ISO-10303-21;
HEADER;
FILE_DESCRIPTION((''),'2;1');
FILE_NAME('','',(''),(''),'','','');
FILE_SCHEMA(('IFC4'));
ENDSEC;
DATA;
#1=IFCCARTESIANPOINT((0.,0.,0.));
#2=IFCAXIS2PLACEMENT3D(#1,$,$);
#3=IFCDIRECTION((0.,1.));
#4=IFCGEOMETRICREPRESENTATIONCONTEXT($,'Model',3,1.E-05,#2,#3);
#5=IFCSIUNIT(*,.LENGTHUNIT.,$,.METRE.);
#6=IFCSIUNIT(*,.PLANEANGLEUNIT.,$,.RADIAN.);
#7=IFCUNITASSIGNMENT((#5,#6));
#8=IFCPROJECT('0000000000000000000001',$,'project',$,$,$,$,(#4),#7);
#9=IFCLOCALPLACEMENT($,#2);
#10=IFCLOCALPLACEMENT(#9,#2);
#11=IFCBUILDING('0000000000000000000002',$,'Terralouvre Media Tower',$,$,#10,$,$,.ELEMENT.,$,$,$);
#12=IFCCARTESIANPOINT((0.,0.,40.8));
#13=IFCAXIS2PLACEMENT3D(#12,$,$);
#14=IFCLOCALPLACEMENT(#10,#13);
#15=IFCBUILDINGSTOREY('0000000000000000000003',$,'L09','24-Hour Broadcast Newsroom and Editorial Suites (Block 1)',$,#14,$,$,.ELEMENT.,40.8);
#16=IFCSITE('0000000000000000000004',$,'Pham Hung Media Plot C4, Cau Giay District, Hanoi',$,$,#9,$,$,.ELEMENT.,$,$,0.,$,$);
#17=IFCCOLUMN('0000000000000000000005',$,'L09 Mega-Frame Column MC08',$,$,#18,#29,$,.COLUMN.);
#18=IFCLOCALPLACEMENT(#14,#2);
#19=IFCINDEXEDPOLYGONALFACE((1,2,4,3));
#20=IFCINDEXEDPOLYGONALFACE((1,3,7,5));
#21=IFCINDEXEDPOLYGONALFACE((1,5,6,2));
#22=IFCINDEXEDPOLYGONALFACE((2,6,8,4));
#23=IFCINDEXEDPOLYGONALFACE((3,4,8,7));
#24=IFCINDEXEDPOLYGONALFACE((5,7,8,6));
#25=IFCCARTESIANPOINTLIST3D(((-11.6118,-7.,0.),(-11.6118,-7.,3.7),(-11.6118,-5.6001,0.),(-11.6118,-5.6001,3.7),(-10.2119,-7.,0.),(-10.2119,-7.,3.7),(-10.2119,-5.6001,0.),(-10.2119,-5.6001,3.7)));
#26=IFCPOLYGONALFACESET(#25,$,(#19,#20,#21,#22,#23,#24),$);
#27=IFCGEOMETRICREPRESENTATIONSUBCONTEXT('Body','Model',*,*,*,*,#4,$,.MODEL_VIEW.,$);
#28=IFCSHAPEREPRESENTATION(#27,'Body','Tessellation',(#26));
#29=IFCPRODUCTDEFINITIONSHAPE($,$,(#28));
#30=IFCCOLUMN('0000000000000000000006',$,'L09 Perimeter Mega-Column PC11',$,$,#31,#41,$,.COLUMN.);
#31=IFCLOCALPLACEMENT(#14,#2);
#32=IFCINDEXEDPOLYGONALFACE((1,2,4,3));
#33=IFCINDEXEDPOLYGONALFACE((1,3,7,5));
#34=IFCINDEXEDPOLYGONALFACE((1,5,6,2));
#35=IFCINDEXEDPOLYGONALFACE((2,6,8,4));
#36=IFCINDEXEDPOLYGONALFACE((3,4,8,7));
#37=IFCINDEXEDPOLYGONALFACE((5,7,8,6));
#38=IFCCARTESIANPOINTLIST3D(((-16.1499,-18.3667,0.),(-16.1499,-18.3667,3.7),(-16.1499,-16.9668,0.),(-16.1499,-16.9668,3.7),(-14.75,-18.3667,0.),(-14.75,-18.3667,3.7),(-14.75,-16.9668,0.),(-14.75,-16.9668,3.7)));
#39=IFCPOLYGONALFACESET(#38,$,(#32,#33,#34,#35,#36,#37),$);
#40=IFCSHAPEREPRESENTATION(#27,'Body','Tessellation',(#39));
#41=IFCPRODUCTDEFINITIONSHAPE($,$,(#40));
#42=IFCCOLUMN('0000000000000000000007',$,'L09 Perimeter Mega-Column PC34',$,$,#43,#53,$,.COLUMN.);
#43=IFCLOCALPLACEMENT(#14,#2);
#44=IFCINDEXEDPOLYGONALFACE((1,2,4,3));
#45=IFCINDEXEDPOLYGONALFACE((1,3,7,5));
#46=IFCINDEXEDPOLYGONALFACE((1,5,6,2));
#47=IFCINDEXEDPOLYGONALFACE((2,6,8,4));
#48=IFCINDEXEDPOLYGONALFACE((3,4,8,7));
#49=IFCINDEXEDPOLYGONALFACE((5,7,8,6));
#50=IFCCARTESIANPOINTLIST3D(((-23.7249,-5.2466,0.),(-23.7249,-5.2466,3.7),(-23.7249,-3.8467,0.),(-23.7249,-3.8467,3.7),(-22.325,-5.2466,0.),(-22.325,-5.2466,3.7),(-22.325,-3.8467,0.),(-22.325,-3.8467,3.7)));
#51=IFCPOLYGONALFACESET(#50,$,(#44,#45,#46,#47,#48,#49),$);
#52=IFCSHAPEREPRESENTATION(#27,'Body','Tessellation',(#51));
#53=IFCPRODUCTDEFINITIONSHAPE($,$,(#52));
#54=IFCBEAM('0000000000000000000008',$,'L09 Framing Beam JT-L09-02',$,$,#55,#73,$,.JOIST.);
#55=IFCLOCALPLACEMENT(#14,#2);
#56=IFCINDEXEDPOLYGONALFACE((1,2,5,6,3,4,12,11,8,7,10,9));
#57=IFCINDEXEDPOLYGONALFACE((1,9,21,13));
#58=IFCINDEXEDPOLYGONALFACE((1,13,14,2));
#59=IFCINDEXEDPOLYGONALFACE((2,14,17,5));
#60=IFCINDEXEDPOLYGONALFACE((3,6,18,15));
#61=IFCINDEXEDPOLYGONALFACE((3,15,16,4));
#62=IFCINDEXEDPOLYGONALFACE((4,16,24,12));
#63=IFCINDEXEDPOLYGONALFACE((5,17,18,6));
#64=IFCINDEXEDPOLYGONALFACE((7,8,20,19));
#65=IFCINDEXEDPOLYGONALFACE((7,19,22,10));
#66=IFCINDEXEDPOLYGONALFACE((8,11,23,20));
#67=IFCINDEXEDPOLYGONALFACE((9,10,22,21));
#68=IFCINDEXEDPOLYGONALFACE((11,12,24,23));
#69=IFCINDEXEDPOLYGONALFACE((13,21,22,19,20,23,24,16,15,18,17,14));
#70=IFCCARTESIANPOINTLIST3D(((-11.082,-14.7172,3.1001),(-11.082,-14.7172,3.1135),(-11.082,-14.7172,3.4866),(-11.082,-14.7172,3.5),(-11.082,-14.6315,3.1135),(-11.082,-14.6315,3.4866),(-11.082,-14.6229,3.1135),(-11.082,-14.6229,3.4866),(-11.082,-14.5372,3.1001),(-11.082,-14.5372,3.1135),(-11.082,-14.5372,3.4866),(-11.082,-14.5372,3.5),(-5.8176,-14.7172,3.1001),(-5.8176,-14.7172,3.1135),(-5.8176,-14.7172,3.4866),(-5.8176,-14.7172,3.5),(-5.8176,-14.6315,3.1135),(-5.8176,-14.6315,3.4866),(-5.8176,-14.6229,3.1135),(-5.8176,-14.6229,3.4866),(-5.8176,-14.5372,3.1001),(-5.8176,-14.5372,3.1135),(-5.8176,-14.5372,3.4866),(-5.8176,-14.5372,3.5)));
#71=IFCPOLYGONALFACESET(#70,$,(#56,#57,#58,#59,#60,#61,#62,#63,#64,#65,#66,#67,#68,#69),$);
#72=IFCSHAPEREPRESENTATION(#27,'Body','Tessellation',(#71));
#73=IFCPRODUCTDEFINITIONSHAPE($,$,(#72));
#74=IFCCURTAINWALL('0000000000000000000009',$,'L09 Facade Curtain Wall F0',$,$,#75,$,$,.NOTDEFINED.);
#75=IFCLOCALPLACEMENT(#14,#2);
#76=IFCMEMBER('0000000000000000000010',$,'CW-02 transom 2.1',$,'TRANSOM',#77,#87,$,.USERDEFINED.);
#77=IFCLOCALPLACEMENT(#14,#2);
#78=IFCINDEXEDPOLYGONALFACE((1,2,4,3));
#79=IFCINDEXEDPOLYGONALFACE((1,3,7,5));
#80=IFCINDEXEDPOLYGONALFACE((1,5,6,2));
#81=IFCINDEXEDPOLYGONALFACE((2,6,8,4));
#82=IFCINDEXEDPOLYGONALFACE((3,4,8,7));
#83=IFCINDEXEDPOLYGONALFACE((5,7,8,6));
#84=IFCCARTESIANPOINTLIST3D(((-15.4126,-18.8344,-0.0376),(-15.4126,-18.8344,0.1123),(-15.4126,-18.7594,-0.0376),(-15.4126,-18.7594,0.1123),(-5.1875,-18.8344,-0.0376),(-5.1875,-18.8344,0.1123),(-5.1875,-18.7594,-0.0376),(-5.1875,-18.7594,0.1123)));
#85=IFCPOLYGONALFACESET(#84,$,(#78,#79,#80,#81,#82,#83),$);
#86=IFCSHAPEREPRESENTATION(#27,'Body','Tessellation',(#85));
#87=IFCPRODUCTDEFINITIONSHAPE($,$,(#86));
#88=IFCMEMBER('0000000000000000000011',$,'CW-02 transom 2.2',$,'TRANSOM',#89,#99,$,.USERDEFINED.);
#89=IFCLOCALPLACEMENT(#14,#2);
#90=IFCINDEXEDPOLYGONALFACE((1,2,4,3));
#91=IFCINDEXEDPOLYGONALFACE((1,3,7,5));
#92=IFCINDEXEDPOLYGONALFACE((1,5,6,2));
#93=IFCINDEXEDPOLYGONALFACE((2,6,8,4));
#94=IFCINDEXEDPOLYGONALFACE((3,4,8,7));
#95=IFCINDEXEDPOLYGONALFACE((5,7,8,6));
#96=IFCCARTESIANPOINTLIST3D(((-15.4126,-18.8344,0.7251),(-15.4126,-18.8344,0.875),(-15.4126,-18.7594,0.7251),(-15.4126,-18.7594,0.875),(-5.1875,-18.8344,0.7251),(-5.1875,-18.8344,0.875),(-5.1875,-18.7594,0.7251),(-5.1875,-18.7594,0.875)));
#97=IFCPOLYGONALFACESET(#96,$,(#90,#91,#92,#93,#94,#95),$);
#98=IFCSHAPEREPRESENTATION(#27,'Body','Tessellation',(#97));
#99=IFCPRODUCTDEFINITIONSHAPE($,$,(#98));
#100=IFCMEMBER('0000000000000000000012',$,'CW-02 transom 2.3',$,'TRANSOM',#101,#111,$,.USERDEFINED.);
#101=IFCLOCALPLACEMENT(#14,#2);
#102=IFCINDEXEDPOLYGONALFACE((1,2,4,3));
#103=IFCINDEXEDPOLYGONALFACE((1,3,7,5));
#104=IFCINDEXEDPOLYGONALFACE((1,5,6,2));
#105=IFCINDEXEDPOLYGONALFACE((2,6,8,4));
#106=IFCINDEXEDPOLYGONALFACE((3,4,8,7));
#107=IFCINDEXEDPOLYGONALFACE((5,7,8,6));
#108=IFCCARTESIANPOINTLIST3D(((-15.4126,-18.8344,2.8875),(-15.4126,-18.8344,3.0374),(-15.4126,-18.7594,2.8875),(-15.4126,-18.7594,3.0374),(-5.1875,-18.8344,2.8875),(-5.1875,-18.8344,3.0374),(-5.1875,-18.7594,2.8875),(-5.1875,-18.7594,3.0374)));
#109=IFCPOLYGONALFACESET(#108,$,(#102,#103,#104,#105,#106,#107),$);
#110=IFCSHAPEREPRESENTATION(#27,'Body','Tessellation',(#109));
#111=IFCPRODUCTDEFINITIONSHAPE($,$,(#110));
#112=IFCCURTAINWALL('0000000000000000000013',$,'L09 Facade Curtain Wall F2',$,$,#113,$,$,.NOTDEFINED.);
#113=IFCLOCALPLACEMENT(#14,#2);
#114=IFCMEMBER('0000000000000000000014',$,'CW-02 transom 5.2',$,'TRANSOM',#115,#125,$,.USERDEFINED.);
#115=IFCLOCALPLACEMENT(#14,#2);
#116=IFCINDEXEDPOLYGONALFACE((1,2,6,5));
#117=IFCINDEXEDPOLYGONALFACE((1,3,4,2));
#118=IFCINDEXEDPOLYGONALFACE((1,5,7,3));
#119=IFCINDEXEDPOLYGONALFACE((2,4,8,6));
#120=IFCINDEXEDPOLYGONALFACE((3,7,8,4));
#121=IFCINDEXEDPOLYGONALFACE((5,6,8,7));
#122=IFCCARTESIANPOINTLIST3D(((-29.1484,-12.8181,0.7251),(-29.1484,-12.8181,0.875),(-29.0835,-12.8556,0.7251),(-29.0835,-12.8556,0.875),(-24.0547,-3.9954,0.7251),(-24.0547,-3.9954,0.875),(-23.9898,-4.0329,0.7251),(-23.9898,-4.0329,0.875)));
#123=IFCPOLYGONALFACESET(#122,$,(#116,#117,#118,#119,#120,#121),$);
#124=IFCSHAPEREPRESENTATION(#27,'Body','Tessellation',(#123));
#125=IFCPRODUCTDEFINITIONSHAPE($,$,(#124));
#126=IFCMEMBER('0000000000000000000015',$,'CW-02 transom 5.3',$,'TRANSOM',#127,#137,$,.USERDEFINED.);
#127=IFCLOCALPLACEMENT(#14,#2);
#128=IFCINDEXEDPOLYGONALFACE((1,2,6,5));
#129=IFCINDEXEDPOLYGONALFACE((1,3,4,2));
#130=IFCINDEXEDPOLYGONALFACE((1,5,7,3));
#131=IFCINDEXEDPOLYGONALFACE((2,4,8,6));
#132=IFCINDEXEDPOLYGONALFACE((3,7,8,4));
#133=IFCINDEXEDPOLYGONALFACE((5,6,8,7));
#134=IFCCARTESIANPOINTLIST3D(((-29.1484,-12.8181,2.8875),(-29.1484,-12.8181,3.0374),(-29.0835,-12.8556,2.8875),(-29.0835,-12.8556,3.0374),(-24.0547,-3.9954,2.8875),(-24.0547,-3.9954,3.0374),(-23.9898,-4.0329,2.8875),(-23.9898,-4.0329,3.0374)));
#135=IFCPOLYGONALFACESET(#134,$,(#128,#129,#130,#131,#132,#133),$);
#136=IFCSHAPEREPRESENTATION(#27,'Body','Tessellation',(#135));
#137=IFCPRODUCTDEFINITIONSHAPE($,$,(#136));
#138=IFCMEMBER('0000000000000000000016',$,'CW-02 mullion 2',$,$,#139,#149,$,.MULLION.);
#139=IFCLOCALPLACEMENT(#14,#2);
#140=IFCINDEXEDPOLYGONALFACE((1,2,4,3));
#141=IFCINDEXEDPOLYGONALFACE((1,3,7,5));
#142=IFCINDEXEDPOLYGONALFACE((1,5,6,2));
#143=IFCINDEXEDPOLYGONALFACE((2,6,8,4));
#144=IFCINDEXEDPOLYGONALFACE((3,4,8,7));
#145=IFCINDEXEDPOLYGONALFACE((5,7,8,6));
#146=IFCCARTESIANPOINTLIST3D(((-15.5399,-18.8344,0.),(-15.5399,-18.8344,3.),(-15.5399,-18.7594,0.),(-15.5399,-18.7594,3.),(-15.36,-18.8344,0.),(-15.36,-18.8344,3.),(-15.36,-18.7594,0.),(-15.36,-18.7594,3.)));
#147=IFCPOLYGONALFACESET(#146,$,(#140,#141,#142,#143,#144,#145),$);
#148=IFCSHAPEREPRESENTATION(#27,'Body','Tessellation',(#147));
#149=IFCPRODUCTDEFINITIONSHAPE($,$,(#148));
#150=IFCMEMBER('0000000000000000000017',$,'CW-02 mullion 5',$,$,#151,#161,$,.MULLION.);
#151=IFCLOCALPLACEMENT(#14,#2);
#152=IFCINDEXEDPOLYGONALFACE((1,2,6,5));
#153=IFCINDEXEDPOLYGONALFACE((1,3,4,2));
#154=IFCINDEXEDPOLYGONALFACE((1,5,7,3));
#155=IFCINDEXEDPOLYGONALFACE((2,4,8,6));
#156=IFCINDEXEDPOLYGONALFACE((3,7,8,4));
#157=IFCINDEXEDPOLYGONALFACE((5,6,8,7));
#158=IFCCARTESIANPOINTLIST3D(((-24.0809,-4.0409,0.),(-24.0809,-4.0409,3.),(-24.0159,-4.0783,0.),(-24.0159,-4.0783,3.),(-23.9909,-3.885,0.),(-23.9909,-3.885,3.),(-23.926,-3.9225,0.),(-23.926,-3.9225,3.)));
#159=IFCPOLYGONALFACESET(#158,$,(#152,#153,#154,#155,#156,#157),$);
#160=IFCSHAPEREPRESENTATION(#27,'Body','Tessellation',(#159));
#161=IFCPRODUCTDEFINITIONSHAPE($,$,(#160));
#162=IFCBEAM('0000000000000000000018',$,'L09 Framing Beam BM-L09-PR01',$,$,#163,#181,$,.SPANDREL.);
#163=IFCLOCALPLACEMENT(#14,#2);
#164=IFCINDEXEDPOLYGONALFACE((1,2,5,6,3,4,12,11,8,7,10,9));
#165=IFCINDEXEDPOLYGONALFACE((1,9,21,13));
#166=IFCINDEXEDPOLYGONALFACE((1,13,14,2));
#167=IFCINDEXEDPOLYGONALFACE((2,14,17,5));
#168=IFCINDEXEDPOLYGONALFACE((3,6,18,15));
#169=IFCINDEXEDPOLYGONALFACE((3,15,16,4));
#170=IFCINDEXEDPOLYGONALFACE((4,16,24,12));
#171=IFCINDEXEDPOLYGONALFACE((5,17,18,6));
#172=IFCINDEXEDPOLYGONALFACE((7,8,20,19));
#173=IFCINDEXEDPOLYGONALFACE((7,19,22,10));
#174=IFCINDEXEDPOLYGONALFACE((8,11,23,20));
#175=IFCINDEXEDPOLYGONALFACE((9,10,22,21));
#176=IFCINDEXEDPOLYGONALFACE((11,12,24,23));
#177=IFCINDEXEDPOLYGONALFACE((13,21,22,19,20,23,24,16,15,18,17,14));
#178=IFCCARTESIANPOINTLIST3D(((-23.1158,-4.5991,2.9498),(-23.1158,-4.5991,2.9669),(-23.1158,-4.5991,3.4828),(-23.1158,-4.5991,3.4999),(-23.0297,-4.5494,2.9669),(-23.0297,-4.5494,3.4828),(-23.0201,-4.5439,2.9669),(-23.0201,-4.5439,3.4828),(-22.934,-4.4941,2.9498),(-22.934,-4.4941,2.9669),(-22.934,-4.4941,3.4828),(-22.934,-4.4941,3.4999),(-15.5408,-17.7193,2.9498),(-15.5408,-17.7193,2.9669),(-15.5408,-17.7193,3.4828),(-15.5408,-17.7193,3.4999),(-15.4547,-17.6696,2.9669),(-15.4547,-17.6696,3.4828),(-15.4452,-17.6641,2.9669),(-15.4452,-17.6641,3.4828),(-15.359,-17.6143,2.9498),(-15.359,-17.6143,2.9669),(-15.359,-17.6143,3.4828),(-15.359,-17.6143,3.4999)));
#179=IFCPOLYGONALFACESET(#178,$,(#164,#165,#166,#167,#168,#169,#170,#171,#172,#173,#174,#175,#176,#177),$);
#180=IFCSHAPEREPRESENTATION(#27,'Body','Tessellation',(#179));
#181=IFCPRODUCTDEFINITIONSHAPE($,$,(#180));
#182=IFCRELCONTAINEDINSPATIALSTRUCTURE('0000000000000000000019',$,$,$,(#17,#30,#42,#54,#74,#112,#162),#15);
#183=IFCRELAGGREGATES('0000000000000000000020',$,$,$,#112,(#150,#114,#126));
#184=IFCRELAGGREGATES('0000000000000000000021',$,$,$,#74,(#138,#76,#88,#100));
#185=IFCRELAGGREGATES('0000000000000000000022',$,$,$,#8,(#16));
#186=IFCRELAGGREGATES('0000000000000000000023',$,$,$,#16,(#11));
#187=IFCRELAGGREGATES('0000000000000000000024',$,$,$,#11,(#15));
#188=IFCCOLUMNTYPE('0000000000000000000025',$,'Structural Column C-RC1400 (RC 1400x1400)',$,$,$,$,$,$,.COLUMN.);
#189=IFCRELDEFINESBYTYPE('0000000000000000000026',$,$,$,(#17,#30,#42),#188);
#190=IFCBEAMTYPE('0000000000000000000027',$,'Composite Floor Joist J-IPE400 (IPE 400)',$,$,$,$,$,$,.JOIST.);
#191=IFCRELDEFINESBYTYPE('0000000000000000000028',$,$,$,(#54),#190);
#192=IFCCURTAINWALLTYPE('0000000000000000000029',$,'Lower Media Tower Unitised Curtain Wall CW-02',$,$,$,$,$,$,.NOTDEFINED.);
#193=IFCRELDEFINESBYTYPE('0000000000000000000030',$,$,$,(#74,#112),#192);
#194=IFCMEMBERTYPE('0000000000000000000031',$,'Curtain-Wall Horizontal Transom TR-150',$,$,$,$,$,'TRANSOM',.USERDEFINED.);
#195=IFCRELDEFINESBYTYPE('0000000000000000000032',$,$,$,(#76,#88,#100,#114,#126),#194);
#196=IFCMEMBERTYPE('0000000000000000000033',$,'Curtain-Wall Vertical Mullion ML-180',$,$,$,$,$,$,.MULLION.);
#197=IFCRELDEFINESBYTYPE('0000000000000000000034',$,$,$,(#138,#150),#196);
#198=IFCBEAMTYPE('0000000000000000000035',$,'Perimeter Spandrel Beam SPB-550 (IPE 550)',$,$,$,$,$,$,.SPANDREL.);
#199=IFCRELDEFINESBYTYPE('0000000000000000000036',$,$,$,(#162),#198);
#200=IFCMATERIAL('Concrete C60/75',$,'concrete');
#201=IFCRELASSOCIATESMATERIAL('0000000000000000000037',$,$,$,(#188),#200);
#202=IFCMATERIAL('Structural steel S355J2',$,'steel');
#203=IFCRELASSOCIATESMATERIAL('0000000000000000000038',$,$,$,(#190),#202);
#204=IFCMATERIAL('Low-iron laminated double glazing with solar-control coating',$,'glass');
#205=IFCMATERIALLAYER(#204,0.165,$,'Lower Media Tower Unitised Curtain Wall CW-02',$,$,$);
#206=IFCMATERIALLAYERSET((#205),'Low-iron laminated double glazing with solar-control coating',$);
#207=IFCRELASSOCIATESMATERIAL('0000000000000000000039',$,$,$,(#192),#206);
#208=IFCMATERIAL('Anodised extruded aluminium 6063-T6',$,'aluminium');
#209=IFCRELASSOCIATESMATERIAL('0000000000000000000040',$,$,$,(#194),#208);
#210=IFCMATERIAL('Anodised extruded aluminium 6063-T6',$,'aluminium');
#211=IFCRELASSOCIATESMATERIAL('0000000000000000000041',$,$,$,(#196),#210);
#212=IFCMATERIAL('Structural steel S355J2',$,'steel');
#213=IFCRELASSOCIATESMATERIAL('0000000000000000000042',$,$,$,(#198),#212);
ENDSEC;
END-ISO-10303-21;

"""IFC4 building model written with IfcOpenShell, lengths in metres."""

from ifc_helpers import new_model, si_unit, direction, frame, origin, origin_2d, place, context, subcontext, project, spatial, rectangle, i_section, extrude, material, layer, layer_set, material_profile, profile_set, type_object, element, aggregate, save


model = new_model("IFC4")

# Units and contexts
model_context = context("Model", 3, precision=1e-05, world=origin(), true_north=direction((0.0, 1.0)))
body_context = subcontext(model_context, "Body", "Model", "MODEL_VIEW")
ifc_project = project(units=[si_unit("LENGTHUNIT", "METRE"), si_unit("PLANEANGLEUNIT", "RADIAN")], contexts=[model_context])

# Site, building, storey
site_placement = place(None, origin())
site = spatial("IfcSite", under=ifc_project, at=site_placement, Name="Pham Hung Media Plot C4, Cau Giay District, Hanoi", CompositionType="ELEMENT", RefElevation=0.0)
building_placement = place(site_placement, origin())
building = spatial("IfcBuilding", under=site, at=building_placement, Name="Terralouvre Media Tower", CompositionType="ELEMENT")
storey_placement = place(building_placement, frame((0.0, 0.0, 40.8)))
storey = spatial("IfcBuildingStorey", under=building, at=storey_placement, Name="L09", Description="24-Hour Broadcast Newsroom and Editorial Suites (Block 1)", CompositionType="ELEMENT", Elevation=40.8)

# Columns
ifc_material_1 = material(Name="Concrete C60/75", Category="concrete")
ifc_material_profile_1 = material_profile(ifc_material_1, rectangle(XDim=1.3999, YDim=1.3999, at=origin_2d()), Name="RC 1400x1400")
ifc_profile_set_1 = profile_set([ifc_material_profile_1], Name="Concrete C60/75")
column_type = type_object("IfcColumnType", Name="Structural Column C-RC1400 (RC 1400x1400)", PredefinedType="COLUMN", material=ifc_profile_set_1)
for number, where, z_axis, x_axis, name in (
    (1, (-10.9119, -6.3, 0.0), (0.0, 0.0, 1.0), (1.0, 0.0, 0.0), "L09 Mega-Frame Column MC08"),
    (2, (-15.45, -17.6667, 0.0), (0.0, 0.0, 1.0), (1.0, 0.0, 0.0), "L09 Perimeter Mega-Column PC11"),
    (3, (-23.0249, -4.5466, 0.0), (0.0, 0.0, 1.0), (1.0, 0.0, 0.0), "L09 Perimeter Mega-Column PC34"),
):
    element("IfcColumn", number, at=place(storey_placement, frame(where, z_axis=z_axis, x_axis=x_axis)), inside=storey, type_object=column_type, Name=name, PredefinedType="COLUMN", context=body_context, shape_type="SweptSolid", body=[
        extrude(rectangle(XDim=1.3999, YDim=1.3999, at=origin_2d()), origin(), (0.0, 0.0, 1.0), 3.7),
    ])

# Beam
ifc_material_2 = material(Name="Structural steel S355J2", Category="steel")
ifc_material_profile_2 = material_profile(ifc_material_2, i_section(OverallWidth=0.1799, OverallDepth=0.3999, WebThickness=0.0085, FlangeThickness=0.0134, at=origin_2d()), Name="IPE 400")
ifc_profile_set_2 = profile_set([ifc_material_profile_2], Name="Structural steel S355J2")
beam_type_1 = type_object("IfcBeamType", Name="Composite Floor Joist J-IPE400 (IPE 400)", PredefinedType="JOIST", material=ifc_profile_set_2)
beam_1_placement = place(storey_placement, frame((-11.082, -14.6272, 3.3), z_axis=(1.0, 0.0, 0.0), x_axis=(0.0, 1.0, 0.0)))
element("IfcBeam", 4, at=beam_1_placement, inside=storey, type_object=beam_type_1, Name="L09 Framing Beam JT-L09-02", PredefinedType="JOIST", context=body_context, shape_type="SweptSolid", body=[
    extrude(i_section(OverallWidth=0.1799, OverallDepth=0.3999, WebThickness=0.0085, FlangeThickness=0.0134, at=origin_2d()), origin(), (0.0, 0.0, 1.0), 5.2644),
])

# Curtain walls, members
ifc_material_3 = material(Name="Low-iron laminated double glazing with solar-control coating", Category="glass")
ifc_layer_1 = layer(ifc_material_3, 0.165, Name="Lower Media Tower Unitised Curtain Wall CW-02")
ifc_layer_set_1 = layer_set([ifc_layer_1], Name="Low-iron laminated double glazing with solar-control coating")
curtain_wall_type = type_object("IfcCurtainWallType", Name="Lower Media Tower Unitised Curtain Wall CW-02", PredefinedType="NOTDEFINED", material=ifc_layer_set_1)
curtain_wall_1_placement = place(storey_placement, origin())
curtain_wall_1 = element("IfcCurtainWall", 5, at=curtain_wall_1_placement, inside=storey, type_object=curtain_wall_type, Name="L09 Facade Curtain Wall F0", PredefinedType="NOTDEFINED")
ifc_material_4 = material(Name="Anodised extruded aluminium 6063-T6", Category="aluminium")
ifc_material_profile_3 = material_profile(ifc_material_4, rectangle(XDim=0.075, YDim=0.1499, at=origin_2d()), Name="ALU 75x150")
ifc_profile_set_3 = profile_set([ifc_material_profile_3], Name="Anodised extruded aluminium 6063-T6")
member_type_1 = type_object("IfcMemberType", Name="Curtain-Wall Horizontal Transom TR-150", ElementType="TRANSOM", PredefinedType="USERDEFINED", material=ifc_profile_set_3)
member_1_placement = place(storey_placement, frame((-15.4126, -18.7969, 0.0374), z_axis=(1.0, 0.0, 0.0), x_axis=(0.0, 1.0, 0.0)))
member_1 = element("IfcMember", 6, at=member_1_placement, type_object=member_type_1, Name="CW-02 transom 2.1", ObjectType="TRANSOM", PredefinedType="USERDEFINED", context=body_context, shape_type="SweptSolid", body=[
    extrude(rectangle(XDim=0.075, YDim=0.1499, at=origin_2d()), origin(), (0.0, 0.0, 1.0), 10.2251),
])
member_2_placement = place(storey_placement, frame((-15.4126, -18.7969, 0.8), z_axis=(1.0, 0.0, 0.0), x_axis=(0.0, 1.0, 0.0)))
member_2 = element("IfcMember", 7, at=member_2_placement, type_object=member_type_1, Name="CW-02 transom 2.2", ObjectType="TRANSOM", PredefinedType="USERDEFINED", context=body_context, shape_type="SweptSolid", body=[
    extrude(rectangle(XDim=0.075, YDim=0.1499, at=origin_2d()), origin(), (0.0, 0.0, 1.0), 10.2251),
])
member_3_placement = place(storey_placement, frame((-15.4126, -18.7969, 2.9624), z_axis=(1.0, 0.0, 0.0), x_axis=(0.0, 1.0, 0.0)))
member_3 = element("IfcMember", 8, at=member_3_placement, type_object=member_type_1, Name="CW-02 transom 2.3", ObjectType="TRANSOM", PredefinedType="USERDEFINED", context=body_context, shape_type="SweptSolid", body=[
    extrude(rectangle(XDim=0.075, YDim=0.1499, at=origin_2d()), origin(), (0.0, 0.0, 1.0), 10.2251),
])
curtain_wall_2_placement = place(storey_placement, origin())
curtain_wall_2 = element("IfcCurtainWall", 9, at=curtain_wall_2_placement, inside=storey, type_object=curtain_wall_type, Name="L09 Facade Curtain Wall F2", PredefinedType="NOTDEFINED")
member_4_placement = place(storey_placement, frame((-24.0222, -4.0142, 0.8), z_axis=(-0.499995, -0.866028, 0.0), x_axis=(0.866028, -0.499995, 0.0)))
member_4 = element("IfcMember", 10, at=member_4_placement, type_object=member_type_1, Name="CW-02 transom 5.2", ObjectType="TRANSOM", PredefinedType="USERDEFINED", context=body_context, shape_type="SweptSolid", body=[
    extrude(rectangle(XDim=0.075, YDim=0.1499, at=origin_2d()), origin(), (0.0, 0.0, 1.0), 10.1875),
])
member_5_placement = place(storey_placement, frame((-24.0222, -4.0142, 2.9624), z_axis=(-0.499995, -0.866028, 0.0), x_axis=(0.866028, -0.499995, 0.0)))
member_5 = element("IfcMember", 11, at=member_5_placement, type_object=member_type_1, Name="CW-02 transom 5.3", ObjectType="TRANSOM", PredefinedType="USERDEFINED", context=body_context, shape_type="SweptSolid", body=[
    extrude(rectangle(XDim=0.075, YDim=0.1499, at=origin_2d()), origin(), (0.0, 0.0, 1.0), 10.1875),
])

# Members
ifc_material_5 = material(Name="Anodised extruded aluminium 6063-T6", Category="aluminium")
ifc_material_profile_4 = material_profile(ifc_material_5, rectangle(XDim=0.075, YDim=0.1799, at=origin_2d()), Name="ALU 75x180")
ifc_profile_set_4 = profile_set([ifc_material_profile_4], Name="Anodised extruded aluminium 6063-T6")
member_type_2 = type_object("IfcMemberType", Name="Curtain-Wall Vertical Mullion ML-180", PredefinedType="MULLION", material=ifc_profile_set_4)
member_6_placement = place(storey_placement, frame((-15.45, -18.7969, 0.0), z_axis=(0.0, 0.0, 1.0), x_axis=(0.0, 1.0, 0.0)))
member_6 = element("IfcMember", 12, at=member_6_placement, type_object=member_type_2, Name="CW-02 mullion 2", PredefinedType="MULLION", context=body_context, shape_type="SweptSolid", body=[
    extrude(rectangle(XDim=0.075, YDim=0.1799, at=origin_2d()), origin(), (0.0, 0.0, 1.0), 3.0),
])
member_7_placement = place(storey_placement, frame((-24.0034, -3.9817, 0.0), z_axis=(0.0, 0.0, 1.0), x_axis=(0.866025, -0.5, 0.0)))
member_7 = element("IfcMember", 13, at=member_7_placement, type_object=member_type_2, Name="CW-02 mullion 5", PredefinedType="MULLION", context=body_context, shape_type="SweptSolid", body=[
    extrude(rectangle(XDim=0.075, YDim=0.1799, at=origin_2d()), origin(), (0.0, 0.0, 1.0), 3.0),
])
aggregate(curtain_wall_2, [member_7, member_4, member_5])

# Beam
ifc_material_6 = material(Name="Structural steel S355J2", Category="steel")
ifc_material_profile_5 = material_profile(ifc_material_6, i_section(OverallWidth=0.21, OverallDepth=0.55, WebThickness=0.011, FlangeThickness=0.0171, at=origin_2d()), Name="IPE 550")
ifc_profile_set_5 = profile_set([ifc_material_profile_5], Name="Structural steel S355J2")
beam_type_2 = type_object("IfcBeamType", Name="Perimeter Spandrel Beam SPB-550 (IPE 550)", PredefinedType="SPANDREL", material=ifc_profile_set_5)
beam_2_placement = place(storey_placement, frame((-23.0249, -4.5466, 3.2249), z_axis=(0.500002, -0.866024, 0.0), x_axis=(0.866024, 0.500002, 0.0)))
element("IfcBeam", 14, at=beam_2_placement, inside=storey, type_object=beam_type_2, Name="L09 Framing Beam BM-L09-PR01", PredefinedType="SPANDREL", context=body_context, shape_type="SweptSolid", body=[
    extrude(i_section(OverallWidth=0.21, OverallDepth=0.55, WebThickness=0.011, FlangeThickness=0.0171, at=origin_2d()), origin(), (0.0, 0.0, 1.0), 15.1499),
])

aggregate(curtain_wall_1, [member_6, member_1, member_2, member_3])

save(model, "model.ifc")
